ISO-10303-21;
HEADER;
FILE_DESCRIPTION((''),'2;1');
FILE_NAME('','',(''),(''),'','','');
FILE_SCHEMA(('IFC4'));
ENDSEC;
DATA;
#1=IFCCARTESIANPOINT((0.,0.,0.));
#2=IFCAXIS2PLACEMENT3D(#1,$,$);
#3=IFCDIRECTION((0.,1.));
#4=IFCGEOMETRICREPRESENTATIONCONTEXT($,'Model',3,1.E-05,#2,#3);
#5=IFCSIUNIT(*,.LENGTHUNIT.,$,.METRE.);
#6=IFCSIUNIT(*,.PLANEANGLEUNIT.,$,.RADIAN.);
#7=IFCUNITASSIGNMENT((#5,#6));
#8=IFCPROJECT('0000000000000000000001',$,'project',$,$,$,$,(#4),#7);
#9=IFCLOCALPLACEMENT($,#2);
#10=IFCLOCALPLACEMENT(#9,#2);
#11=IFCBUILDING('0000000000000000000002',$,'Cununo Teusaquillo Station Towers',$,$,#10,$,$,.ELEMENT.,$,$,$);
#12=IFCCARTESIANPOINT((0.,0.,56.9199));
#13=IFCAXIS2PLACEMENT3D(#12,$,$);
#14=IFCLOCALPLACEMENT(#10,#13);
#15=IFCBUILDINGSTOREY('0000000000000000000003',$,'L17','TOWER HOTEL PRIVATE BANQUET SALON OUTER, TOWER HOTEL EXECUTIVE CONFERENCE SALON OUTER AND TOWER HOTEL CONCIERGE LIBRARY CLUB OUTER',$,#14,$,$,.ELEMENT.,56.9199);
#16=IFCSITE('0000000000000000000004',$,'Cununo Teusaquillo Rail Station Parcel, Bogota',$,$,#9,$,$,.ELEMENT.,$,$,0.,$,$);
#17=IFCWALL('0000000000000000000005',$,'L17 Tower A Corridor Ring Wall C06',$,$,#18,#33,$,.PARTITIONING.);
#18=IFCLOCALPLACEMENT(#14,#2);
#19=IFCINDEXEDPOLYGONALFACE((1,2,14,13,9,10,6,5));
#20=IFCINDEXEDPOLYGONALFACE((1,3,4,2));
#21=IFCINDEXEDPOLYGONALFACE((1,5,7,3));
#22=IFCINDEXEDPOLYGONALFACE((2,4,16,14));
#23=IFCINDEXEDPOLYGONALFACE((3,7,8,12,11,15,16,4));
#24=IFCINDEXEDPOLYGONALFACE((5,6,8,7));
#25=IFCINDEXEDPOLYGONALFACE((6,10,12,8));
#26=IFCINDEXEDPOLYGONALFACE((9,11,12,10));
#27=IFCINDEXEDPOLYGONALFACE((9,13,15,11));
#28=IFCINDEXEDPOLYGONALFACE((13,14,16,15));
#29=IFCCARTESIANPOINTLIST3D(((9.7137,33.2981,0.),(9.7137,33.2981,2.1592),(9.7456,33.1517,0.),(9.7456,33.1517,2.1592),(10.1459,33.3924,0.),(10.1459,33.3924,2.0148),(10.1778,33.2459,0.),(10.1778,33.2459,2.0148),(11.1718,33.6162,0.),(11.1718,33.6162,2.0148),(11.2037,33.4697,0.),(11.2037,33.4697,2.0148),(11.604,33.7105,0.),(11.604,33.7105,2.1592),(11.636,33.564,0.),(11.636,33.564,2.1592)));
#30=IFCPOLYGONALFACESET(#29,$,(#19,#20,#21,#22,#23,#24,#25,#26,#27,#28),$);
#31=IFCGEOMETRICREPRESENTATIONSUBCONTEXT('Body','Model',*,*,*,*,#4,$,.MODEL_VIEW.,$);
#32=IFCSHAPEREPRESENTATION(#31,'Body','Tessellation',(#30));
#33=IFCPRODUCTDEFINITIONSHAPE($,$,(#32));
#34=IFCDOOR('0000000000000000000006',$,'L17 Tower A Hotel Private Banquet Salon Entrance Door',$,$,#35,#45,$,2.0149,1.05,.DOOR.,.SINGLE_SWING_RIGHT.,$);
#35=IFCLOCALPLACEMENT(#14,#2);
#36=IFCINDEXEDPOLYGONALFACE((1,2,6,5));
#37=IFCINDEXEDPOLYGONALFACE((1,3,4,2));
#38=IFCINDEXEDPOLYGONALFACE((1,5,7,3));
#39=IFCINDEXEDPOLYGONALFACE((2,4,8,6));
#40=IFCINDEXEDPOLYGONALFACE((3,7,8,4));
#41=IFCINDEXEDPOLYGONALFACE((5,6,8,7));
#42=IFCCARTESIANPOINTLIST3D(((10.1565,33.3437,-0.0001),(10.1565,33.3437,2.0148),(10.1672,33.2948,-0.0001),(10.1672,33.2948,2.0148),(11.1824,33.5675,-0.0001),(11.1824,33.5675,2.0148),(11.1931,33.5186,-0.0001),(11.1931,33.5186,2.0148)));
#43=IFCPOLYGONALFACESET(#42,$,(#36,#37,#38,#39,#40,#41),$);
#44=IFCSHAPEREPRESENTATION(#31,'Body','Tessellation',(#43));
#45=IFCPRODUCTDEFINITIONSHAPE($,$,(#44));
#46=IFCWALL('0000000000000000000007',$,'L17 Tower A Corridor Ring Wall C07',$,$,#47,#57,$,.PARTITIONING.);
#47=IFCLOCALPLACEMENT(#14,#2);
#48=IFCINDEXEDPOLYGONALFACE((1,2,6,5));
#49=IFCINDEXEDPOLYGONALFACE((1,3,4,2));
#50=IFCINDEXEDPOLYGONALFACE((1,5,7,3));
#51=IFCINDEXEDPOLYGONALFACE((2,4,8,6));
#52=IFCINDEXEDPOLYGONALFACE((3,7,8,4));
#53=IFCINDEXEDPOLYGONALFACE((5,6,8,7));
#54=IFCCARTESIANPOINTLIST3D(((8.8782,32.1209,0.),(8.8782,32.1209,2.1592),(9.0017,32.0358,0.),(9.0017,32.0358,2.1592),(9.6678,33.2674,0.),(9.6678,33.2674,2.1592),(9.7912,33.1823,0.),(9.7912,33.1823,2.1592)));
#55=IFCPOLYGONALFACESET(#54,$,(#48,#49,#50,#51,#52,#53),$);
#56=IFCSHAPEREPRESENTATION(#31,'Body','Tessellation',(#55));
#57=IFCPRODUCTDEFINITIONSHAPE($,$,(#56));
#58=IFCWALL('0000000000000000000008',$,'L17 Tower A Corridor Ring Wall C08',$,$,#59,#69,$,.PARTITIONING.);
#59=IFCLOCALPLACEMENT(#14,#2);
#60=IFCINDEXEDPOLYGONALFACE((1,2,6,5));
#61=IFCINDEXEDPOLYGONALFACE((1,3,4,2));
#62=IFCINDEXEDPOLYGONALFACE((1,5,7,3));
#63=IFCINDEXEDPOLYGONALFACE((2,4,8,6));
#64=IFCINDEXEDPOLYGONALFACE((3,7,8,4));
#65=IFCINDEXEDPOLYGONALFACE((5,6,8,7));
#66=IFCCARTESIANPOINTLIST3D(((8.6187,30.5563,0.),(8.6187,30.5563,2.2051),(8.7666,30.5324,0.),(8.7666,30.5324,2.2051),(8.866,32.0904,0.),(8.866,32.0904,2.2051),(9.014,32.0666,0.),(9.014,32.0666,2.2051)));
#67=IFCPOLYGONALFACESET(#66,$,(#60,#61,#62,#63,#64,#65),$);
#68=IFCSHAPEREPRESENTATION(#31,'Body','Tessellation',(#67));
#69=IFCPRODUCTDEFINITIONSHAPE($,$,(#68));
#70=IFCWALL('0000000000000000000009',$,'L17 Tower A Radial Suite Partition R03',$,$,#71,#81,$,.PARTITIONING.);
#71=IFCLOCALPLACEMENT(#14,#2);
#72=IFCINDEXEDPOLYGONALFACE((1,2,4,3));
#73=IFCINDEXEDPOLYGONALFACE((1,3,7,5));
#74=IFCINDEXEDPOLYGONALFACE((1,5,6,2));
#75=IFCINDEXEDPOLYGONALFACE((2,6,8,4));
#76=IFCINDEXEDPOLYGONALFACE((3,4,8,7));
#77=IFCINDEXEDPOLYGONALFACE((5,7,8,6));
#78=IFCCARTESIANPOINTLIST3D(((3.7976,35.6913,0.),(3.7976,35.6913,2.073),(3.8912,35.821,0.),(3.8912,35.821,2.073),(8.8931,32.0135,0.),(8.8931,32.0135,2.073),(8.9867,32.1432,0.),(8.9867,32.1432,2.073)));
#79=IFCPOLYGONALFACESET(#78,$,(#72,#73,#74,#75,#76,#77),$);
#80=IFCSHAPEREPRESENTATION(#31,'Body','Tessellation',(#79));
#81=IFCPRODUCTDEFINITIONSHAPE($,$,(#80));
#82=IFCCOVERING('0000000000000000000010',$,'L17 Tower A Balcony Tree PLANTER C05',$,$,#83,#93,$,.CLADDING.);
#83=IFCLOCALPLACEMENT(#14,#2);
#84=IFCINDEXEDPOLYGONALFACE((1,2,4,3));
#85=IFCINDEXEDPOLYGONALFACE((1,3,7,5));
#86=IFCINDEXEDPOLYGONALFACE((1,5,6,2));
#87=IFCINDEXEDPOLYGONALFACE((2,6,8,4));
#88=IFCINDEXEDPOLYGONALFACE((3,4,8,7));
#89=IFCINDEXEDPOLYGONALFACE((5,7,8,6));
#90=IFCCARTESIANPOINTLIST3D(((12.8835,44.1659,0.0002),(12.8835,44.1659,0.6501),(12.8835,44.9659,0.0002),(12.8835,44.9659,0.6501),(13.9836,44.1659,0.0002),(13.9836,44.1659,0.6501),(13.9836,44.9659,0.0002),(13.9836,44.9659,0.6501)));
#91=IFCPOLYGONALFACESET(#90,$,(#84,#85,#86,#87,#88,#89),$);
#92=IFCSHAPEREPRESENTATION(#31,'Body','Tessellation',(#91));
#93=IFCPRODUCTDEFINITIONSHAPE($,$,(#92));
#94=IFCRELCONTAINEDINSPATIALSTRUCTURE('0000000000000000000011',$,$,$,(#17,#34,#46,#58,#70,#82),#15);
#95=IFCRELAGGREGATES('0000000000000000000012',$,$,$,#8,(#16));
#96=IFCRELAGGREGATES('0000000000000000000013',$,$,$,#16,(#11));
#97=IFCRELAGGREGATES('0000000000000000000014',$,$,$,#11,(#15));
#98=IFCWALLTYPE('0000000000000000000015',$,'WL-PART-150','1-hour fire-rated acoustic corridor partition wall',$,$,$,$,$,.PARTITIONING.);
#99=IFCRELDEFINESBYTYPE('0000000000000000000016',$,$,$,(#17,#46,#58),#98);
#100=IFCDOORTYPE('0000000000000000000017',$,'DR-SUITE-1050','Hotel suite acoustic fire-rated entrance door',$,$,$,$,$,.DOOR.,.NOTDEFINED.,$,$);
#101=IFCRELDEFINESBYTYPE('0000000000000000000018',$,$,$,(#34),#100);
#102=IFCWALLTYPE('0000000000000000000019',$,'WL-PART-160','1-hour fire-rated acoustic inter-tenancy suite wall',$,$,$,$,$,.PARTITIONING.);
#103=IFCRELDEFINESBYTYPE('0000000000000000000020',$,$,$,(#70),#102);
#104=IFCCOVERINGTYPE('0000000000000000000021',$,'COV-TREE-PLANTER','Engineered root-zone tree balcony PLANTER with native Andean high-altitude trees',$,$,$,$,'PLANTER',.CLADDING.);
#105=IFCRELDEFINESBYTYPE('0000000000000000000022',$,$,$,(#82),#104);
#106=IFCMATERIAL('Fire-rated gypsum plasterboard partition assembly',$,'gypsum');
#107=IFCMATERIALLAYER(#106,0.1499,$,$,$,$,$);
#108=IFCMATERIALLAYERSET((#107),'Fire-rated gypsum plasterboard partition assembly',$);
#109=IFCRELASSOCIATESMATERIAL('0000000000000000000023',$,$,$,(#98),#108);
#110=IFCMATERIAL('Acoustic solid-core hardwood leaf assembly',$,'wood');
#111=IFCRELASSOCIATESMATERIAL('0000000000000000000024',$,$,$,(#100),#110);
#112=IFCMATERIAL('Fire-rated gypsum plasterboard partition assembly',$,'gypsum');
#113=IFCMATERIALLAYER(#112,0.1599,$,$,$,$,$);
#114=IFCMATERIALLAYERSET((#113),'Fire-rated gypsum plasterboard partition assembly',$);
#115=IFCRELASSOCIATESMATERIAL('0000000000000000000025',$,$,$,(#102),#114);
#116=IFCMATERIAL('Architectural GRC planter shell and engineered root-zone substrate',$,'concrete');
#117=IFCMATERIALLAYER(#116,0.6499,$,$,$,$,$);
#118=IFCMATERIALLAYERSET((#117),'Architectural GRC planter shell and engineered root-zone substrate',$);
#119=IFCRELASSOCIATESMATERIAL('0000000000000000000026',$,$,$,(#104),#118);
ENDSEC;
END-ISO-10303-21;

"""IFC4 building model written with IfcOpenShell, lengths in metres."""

from ifc_helpers import new_model, si_unit, direction, frame, frame_2d, origin, origin_2d, place, context, subcontext, project, spatial, rectangle, extrude, source, transform, mapped, material, layer, layer_set, type_object, element, fill, save


model = new_model("IFC4")

# Units and contexts
model_context = context("Model", 3, precision=1e-05, world=origin(), true_north=direction((0.0, 1.0)))
body_context = subcontext(model_context, "Body", "Model", "MODEL_VIEW")
ifc_project = project(units=[si_unit("LENGTHUNIT", "METRE"), si_unit("PLANEANGLEUNIT", "RADIAN")], contexts=[model_context])

# Site, building, storey
site_placement = place(None, origin())
site = spatial("IfcSite", under=ifc_project, at=site_placement, Name="Cununo Teusaquillo Rail Station Parcel, Bogota", CompositionType="ELEMENT", RefElevation=0.0)
building_placement = place(site_placement, origin())
building = spatial("IfcBuilding", under=site, at=building_placement, Name="Cununo Teusaquillo Station Towers", CompositionType="ELEMENT")
storey_placement = place(building_placement, frame((0.0, 0.0, 56.9199)))
storey = spatial("IfcBuildingStorey", under=building, at=storey_placement, Name="L17", Description="TOWER HOTEL PRIVATE BANQUET SALON OUTER, TOWER HOTEL EXECUTIVE CONFERENCE SALON OUTER AND TOWER HOTEL CONCIERGE LIBRARY CLUB OUTER", CompositionType="ELEMENT", Elevation=56.9199)

# Shared definitions
ifc_material_1 = material(Name="Fire-rated gypsum plasterboard partition assembly", Category="gypsum")
ifc_layer_1 = layer(ifc_material_1, 0.1499)
ifc_layer_set_1 = layer_set([ifc_layer_1], Name="Fire-rated gypsum plasterboard partition assembly")
wall_type_1 = type_object("IfcWallType", Name="WL-PART-150", Description="1-hour fire-rated acoustic corridor partition wall", PredefinedType="PARTITIONING", material=ifc_layer_set_1)

# Wall, opening, door
wall_1_placement = place(storey_placement, frame((11.6199, 33.6372, 0.0), z_axis=(0.0, 0.0, 1.0), x_axis=(-0.977026, -0.213121, 0.0)))
wall_1 = element("IfcWall", 1, at=wall_1_placement, inside=storey, type_object=wall_type_1, Name="L17 Tower A Corridor Ring Wall C06", PredefinedType="PARTITIONING", context=body_context, shape_type="SweptSolid", body=[
    extrude(rectangle(XDim=1.9348, YDim=0.1499, at=frame_2d((0.9673, 0.0))), origin(), (0.0, 0.0, 1.0), 2.1592),
])
shared_shape_1 = source(origin(), body_context, "Body", "SweptSolid", [
    extrude(rectangle(XDim=1.05, YDim=2.0149, at=frame_2d((0.5249, 1.0073))), frame((0.0, 0.085, 0.0), z_axis=(0.0, -1.0, 0.0), x_axis=(1.0, 0.0, 0.0)), (0.0, 0.0, 1.0), 0.1699),
])
opening_1_placement = place(wall_1_placement, frame((0.4424, 0.0, 0.0)))
opening_1 = element("IfcOpeningElement", 2, at=opening_1_placement, cuts=wall_1, PredefinedType="OPENING", context=body_context, shape_type="MappedRepresentation", body=[
    mapped(shared_shape_1, transform((0.0, 0.0, 0.0), x_axis=(1.0, 0.0, 0.0), y_axis=(0.0, 1.0, 0.0), z_axis=(0.0, 0.0, 1.0), scale=1.0)),
])
ifc_material_2 = material(Name="Acoustic solid-core hardwood leaf assembly", Category="wood")
door_type_1 = type_object("IfcDoorType", Name="DR-SUITE-1050", Description="Hotel suite acoustic fire-rated entrance door", OperationType="NOTDEFINED", PredefinedType="DOOR", material=ifc_material_2)
shared_shape_2 = source(origin(), body_context, "Body", "SweptSolid", [
    extrude(rectangle(XDim=1.05, YDim=2.0149, at=frame_2d((0.5249, 1.0073))), frame((0.0, 0.0249, 0.0), z_axis=(0.0, -1.0, 0.0), x_axis=(1.0, 0.0, 0.0)), (0.0, 0.0, 1.0), 0.05),
])
door_1_placement = place(opening_1_placement, origin())
door_1 = element("IfcDoor", 3, at=door_1_placement, inside=storey, type_object=door_type_1, Name="L17 Tower A Hotel Private Banquet Salon Entrance Door", OperationType="SINGLE_SWING_RIGHT", OverallHeight=2.0149, OverallWidth=1.05, PredefinedType="DOOR", context=body_context, shape_type="MappedRepresentation", body=[
    mapped(shared_shape_2, transform((0.0, 0.0, 0.0), x_axis=(1.0, 0.0, 0.0), y_axis=(0.0, 1.0, 0.0), z_axis=(0.0, 0.0, 1.0), scale=1.0)),
])
fill(opening_1, door_1)

# Walls
wall_2_placement = place(storey_placement, frame((9.7295, 33.2249, 0.0), z_axis=(0.0, 0.0, 1.0), x_axis=(-0.567184, -0.823591, 0.0)))
element("IfcWall", 4, at=wall_2_placement, inside=storey, type_object=wall_type_1, Name="L17 Tower A Corridor Ring Wall C07", PredefinedType="PARTITIONING", context=body_context, shape_type="SweptSolid", body=[
    extrude(rectangle(XDim=1.3921, YDim=0.1499, at=frame_2d((0.696, 0.0))), origin(), (0.0, 0.0, 1.0), 2.1592),
])
wall_3_placement = place(storey_placement, frame((8.9399, 32.0784, 0.0), z_axis=(0.0, 0.0, 1.0), x_axis=(-0.159148, -0.987255, 0.0)))
element("IfcWall", 5, at=wall_3_placement, inside=storey, type_object=wall_type_1, Name="L17 Tower A Corridor Ring Wall C08", PredefinedType="PARTITIONING", context=body_context, shape_type="SweptSolid", body=[
    extrude(rectangle(XDim=1.554, YDim=0.1499, at=frame_2d((0.7769, 0.0))), origin(), (0.0, 0.0, 1.0), 2.2051),
])
ifc_material_3 = material(Name="Fire-rated gypsum plasterboard partition assembly", Category="gypsum")
ifc_layer_2 = layer(ifc_material_3, 0.1599)
ifc_layer_set_2 = layer_set([ifc_layer_2], Name="Fire-rated gypsum plasterboard partition assembly")
wall_type_2 = type_object("IfcWallType", Name="WL-PART-160", Description="1-hour fire-rated acoustic inter-tenancy suite wall", PredefinedType="PARTITIONING", material=ifc_layer_set_2)
wall_4_placement = place(storey_placement, frame((8.9399, 32.0784, 0.0), z_axis=(0.0, 0.0, 1.0), x_axis=(-0.810854, 0.585248, 0.0)))
element("IfcWall", 6, at=wall_4_placement, inside=storey, type_object=wall_type_2, Name="L17 Tower A Radial Suite Partition R03", PredefinedType="PARTITIONING", context=body_context, shape_type="SweptSolid", body=[
    extrude(rectangle(XDim=6.2842, YDim=0.1599, at=frame_2d((3.1421, 0.0))), origin(), (0.0, 0.0, 1.0), 2.073),
])

# Covering
ifc_material_4 = material(Name="Architectural GRC planter shell and engineered root-zone substrate", Category="concrete")
ifc_layer_3 = layer(ifc_material_4, 0.6499)
ifc_layer_set_3 = layer_set([ifc_layer_3], Name="Architectural GRC planter shell and engineered root-zone substrate")
covering_type = type_object("IfcCoveringType", Name="COV-TREE-PLANTER", Description="Engineered root-zone tree balcony PLANTER with native Andean high-altitude trees", ElementType="PLANTER", PredefinedType="CLADDING", material=ifc_layer_set_3)
shared_shape_3 = source(origin(), body_context, "Body", "SweptSolid", [
    extrude(rectangle(XDim=1.1001, YDim=0.8, at=origin_2d()), origin(), (0.0, 0.0, 1.0), 0.6499),
])
covering_placement = place(storey_placement, frame((13.4336, 44.5659, 0.0002), z_axis=(0.0, 0.0, 1.0), x_axis=(1.0, 0.0, 0.0)))
element("IfcCovering", 7, at=covering_placement, inside=storey, type_object=covering_type, Name="L17 Tower A Balcony Tree PLANTER C05", PredefinedType="CLADDING", context=body_context, shape_type="MappedRepresentation", body=[
    mapped(shared_shape_3, transform((0.0, 0.0, 0.0), x_axis=(1.0, 0.0, 0.0), y_axis=(0.0, 1.0, 0.0), z_axis=(0.0, 0.0, 1.0), scale=1.0)),
])

save(model, "model.ifc")
